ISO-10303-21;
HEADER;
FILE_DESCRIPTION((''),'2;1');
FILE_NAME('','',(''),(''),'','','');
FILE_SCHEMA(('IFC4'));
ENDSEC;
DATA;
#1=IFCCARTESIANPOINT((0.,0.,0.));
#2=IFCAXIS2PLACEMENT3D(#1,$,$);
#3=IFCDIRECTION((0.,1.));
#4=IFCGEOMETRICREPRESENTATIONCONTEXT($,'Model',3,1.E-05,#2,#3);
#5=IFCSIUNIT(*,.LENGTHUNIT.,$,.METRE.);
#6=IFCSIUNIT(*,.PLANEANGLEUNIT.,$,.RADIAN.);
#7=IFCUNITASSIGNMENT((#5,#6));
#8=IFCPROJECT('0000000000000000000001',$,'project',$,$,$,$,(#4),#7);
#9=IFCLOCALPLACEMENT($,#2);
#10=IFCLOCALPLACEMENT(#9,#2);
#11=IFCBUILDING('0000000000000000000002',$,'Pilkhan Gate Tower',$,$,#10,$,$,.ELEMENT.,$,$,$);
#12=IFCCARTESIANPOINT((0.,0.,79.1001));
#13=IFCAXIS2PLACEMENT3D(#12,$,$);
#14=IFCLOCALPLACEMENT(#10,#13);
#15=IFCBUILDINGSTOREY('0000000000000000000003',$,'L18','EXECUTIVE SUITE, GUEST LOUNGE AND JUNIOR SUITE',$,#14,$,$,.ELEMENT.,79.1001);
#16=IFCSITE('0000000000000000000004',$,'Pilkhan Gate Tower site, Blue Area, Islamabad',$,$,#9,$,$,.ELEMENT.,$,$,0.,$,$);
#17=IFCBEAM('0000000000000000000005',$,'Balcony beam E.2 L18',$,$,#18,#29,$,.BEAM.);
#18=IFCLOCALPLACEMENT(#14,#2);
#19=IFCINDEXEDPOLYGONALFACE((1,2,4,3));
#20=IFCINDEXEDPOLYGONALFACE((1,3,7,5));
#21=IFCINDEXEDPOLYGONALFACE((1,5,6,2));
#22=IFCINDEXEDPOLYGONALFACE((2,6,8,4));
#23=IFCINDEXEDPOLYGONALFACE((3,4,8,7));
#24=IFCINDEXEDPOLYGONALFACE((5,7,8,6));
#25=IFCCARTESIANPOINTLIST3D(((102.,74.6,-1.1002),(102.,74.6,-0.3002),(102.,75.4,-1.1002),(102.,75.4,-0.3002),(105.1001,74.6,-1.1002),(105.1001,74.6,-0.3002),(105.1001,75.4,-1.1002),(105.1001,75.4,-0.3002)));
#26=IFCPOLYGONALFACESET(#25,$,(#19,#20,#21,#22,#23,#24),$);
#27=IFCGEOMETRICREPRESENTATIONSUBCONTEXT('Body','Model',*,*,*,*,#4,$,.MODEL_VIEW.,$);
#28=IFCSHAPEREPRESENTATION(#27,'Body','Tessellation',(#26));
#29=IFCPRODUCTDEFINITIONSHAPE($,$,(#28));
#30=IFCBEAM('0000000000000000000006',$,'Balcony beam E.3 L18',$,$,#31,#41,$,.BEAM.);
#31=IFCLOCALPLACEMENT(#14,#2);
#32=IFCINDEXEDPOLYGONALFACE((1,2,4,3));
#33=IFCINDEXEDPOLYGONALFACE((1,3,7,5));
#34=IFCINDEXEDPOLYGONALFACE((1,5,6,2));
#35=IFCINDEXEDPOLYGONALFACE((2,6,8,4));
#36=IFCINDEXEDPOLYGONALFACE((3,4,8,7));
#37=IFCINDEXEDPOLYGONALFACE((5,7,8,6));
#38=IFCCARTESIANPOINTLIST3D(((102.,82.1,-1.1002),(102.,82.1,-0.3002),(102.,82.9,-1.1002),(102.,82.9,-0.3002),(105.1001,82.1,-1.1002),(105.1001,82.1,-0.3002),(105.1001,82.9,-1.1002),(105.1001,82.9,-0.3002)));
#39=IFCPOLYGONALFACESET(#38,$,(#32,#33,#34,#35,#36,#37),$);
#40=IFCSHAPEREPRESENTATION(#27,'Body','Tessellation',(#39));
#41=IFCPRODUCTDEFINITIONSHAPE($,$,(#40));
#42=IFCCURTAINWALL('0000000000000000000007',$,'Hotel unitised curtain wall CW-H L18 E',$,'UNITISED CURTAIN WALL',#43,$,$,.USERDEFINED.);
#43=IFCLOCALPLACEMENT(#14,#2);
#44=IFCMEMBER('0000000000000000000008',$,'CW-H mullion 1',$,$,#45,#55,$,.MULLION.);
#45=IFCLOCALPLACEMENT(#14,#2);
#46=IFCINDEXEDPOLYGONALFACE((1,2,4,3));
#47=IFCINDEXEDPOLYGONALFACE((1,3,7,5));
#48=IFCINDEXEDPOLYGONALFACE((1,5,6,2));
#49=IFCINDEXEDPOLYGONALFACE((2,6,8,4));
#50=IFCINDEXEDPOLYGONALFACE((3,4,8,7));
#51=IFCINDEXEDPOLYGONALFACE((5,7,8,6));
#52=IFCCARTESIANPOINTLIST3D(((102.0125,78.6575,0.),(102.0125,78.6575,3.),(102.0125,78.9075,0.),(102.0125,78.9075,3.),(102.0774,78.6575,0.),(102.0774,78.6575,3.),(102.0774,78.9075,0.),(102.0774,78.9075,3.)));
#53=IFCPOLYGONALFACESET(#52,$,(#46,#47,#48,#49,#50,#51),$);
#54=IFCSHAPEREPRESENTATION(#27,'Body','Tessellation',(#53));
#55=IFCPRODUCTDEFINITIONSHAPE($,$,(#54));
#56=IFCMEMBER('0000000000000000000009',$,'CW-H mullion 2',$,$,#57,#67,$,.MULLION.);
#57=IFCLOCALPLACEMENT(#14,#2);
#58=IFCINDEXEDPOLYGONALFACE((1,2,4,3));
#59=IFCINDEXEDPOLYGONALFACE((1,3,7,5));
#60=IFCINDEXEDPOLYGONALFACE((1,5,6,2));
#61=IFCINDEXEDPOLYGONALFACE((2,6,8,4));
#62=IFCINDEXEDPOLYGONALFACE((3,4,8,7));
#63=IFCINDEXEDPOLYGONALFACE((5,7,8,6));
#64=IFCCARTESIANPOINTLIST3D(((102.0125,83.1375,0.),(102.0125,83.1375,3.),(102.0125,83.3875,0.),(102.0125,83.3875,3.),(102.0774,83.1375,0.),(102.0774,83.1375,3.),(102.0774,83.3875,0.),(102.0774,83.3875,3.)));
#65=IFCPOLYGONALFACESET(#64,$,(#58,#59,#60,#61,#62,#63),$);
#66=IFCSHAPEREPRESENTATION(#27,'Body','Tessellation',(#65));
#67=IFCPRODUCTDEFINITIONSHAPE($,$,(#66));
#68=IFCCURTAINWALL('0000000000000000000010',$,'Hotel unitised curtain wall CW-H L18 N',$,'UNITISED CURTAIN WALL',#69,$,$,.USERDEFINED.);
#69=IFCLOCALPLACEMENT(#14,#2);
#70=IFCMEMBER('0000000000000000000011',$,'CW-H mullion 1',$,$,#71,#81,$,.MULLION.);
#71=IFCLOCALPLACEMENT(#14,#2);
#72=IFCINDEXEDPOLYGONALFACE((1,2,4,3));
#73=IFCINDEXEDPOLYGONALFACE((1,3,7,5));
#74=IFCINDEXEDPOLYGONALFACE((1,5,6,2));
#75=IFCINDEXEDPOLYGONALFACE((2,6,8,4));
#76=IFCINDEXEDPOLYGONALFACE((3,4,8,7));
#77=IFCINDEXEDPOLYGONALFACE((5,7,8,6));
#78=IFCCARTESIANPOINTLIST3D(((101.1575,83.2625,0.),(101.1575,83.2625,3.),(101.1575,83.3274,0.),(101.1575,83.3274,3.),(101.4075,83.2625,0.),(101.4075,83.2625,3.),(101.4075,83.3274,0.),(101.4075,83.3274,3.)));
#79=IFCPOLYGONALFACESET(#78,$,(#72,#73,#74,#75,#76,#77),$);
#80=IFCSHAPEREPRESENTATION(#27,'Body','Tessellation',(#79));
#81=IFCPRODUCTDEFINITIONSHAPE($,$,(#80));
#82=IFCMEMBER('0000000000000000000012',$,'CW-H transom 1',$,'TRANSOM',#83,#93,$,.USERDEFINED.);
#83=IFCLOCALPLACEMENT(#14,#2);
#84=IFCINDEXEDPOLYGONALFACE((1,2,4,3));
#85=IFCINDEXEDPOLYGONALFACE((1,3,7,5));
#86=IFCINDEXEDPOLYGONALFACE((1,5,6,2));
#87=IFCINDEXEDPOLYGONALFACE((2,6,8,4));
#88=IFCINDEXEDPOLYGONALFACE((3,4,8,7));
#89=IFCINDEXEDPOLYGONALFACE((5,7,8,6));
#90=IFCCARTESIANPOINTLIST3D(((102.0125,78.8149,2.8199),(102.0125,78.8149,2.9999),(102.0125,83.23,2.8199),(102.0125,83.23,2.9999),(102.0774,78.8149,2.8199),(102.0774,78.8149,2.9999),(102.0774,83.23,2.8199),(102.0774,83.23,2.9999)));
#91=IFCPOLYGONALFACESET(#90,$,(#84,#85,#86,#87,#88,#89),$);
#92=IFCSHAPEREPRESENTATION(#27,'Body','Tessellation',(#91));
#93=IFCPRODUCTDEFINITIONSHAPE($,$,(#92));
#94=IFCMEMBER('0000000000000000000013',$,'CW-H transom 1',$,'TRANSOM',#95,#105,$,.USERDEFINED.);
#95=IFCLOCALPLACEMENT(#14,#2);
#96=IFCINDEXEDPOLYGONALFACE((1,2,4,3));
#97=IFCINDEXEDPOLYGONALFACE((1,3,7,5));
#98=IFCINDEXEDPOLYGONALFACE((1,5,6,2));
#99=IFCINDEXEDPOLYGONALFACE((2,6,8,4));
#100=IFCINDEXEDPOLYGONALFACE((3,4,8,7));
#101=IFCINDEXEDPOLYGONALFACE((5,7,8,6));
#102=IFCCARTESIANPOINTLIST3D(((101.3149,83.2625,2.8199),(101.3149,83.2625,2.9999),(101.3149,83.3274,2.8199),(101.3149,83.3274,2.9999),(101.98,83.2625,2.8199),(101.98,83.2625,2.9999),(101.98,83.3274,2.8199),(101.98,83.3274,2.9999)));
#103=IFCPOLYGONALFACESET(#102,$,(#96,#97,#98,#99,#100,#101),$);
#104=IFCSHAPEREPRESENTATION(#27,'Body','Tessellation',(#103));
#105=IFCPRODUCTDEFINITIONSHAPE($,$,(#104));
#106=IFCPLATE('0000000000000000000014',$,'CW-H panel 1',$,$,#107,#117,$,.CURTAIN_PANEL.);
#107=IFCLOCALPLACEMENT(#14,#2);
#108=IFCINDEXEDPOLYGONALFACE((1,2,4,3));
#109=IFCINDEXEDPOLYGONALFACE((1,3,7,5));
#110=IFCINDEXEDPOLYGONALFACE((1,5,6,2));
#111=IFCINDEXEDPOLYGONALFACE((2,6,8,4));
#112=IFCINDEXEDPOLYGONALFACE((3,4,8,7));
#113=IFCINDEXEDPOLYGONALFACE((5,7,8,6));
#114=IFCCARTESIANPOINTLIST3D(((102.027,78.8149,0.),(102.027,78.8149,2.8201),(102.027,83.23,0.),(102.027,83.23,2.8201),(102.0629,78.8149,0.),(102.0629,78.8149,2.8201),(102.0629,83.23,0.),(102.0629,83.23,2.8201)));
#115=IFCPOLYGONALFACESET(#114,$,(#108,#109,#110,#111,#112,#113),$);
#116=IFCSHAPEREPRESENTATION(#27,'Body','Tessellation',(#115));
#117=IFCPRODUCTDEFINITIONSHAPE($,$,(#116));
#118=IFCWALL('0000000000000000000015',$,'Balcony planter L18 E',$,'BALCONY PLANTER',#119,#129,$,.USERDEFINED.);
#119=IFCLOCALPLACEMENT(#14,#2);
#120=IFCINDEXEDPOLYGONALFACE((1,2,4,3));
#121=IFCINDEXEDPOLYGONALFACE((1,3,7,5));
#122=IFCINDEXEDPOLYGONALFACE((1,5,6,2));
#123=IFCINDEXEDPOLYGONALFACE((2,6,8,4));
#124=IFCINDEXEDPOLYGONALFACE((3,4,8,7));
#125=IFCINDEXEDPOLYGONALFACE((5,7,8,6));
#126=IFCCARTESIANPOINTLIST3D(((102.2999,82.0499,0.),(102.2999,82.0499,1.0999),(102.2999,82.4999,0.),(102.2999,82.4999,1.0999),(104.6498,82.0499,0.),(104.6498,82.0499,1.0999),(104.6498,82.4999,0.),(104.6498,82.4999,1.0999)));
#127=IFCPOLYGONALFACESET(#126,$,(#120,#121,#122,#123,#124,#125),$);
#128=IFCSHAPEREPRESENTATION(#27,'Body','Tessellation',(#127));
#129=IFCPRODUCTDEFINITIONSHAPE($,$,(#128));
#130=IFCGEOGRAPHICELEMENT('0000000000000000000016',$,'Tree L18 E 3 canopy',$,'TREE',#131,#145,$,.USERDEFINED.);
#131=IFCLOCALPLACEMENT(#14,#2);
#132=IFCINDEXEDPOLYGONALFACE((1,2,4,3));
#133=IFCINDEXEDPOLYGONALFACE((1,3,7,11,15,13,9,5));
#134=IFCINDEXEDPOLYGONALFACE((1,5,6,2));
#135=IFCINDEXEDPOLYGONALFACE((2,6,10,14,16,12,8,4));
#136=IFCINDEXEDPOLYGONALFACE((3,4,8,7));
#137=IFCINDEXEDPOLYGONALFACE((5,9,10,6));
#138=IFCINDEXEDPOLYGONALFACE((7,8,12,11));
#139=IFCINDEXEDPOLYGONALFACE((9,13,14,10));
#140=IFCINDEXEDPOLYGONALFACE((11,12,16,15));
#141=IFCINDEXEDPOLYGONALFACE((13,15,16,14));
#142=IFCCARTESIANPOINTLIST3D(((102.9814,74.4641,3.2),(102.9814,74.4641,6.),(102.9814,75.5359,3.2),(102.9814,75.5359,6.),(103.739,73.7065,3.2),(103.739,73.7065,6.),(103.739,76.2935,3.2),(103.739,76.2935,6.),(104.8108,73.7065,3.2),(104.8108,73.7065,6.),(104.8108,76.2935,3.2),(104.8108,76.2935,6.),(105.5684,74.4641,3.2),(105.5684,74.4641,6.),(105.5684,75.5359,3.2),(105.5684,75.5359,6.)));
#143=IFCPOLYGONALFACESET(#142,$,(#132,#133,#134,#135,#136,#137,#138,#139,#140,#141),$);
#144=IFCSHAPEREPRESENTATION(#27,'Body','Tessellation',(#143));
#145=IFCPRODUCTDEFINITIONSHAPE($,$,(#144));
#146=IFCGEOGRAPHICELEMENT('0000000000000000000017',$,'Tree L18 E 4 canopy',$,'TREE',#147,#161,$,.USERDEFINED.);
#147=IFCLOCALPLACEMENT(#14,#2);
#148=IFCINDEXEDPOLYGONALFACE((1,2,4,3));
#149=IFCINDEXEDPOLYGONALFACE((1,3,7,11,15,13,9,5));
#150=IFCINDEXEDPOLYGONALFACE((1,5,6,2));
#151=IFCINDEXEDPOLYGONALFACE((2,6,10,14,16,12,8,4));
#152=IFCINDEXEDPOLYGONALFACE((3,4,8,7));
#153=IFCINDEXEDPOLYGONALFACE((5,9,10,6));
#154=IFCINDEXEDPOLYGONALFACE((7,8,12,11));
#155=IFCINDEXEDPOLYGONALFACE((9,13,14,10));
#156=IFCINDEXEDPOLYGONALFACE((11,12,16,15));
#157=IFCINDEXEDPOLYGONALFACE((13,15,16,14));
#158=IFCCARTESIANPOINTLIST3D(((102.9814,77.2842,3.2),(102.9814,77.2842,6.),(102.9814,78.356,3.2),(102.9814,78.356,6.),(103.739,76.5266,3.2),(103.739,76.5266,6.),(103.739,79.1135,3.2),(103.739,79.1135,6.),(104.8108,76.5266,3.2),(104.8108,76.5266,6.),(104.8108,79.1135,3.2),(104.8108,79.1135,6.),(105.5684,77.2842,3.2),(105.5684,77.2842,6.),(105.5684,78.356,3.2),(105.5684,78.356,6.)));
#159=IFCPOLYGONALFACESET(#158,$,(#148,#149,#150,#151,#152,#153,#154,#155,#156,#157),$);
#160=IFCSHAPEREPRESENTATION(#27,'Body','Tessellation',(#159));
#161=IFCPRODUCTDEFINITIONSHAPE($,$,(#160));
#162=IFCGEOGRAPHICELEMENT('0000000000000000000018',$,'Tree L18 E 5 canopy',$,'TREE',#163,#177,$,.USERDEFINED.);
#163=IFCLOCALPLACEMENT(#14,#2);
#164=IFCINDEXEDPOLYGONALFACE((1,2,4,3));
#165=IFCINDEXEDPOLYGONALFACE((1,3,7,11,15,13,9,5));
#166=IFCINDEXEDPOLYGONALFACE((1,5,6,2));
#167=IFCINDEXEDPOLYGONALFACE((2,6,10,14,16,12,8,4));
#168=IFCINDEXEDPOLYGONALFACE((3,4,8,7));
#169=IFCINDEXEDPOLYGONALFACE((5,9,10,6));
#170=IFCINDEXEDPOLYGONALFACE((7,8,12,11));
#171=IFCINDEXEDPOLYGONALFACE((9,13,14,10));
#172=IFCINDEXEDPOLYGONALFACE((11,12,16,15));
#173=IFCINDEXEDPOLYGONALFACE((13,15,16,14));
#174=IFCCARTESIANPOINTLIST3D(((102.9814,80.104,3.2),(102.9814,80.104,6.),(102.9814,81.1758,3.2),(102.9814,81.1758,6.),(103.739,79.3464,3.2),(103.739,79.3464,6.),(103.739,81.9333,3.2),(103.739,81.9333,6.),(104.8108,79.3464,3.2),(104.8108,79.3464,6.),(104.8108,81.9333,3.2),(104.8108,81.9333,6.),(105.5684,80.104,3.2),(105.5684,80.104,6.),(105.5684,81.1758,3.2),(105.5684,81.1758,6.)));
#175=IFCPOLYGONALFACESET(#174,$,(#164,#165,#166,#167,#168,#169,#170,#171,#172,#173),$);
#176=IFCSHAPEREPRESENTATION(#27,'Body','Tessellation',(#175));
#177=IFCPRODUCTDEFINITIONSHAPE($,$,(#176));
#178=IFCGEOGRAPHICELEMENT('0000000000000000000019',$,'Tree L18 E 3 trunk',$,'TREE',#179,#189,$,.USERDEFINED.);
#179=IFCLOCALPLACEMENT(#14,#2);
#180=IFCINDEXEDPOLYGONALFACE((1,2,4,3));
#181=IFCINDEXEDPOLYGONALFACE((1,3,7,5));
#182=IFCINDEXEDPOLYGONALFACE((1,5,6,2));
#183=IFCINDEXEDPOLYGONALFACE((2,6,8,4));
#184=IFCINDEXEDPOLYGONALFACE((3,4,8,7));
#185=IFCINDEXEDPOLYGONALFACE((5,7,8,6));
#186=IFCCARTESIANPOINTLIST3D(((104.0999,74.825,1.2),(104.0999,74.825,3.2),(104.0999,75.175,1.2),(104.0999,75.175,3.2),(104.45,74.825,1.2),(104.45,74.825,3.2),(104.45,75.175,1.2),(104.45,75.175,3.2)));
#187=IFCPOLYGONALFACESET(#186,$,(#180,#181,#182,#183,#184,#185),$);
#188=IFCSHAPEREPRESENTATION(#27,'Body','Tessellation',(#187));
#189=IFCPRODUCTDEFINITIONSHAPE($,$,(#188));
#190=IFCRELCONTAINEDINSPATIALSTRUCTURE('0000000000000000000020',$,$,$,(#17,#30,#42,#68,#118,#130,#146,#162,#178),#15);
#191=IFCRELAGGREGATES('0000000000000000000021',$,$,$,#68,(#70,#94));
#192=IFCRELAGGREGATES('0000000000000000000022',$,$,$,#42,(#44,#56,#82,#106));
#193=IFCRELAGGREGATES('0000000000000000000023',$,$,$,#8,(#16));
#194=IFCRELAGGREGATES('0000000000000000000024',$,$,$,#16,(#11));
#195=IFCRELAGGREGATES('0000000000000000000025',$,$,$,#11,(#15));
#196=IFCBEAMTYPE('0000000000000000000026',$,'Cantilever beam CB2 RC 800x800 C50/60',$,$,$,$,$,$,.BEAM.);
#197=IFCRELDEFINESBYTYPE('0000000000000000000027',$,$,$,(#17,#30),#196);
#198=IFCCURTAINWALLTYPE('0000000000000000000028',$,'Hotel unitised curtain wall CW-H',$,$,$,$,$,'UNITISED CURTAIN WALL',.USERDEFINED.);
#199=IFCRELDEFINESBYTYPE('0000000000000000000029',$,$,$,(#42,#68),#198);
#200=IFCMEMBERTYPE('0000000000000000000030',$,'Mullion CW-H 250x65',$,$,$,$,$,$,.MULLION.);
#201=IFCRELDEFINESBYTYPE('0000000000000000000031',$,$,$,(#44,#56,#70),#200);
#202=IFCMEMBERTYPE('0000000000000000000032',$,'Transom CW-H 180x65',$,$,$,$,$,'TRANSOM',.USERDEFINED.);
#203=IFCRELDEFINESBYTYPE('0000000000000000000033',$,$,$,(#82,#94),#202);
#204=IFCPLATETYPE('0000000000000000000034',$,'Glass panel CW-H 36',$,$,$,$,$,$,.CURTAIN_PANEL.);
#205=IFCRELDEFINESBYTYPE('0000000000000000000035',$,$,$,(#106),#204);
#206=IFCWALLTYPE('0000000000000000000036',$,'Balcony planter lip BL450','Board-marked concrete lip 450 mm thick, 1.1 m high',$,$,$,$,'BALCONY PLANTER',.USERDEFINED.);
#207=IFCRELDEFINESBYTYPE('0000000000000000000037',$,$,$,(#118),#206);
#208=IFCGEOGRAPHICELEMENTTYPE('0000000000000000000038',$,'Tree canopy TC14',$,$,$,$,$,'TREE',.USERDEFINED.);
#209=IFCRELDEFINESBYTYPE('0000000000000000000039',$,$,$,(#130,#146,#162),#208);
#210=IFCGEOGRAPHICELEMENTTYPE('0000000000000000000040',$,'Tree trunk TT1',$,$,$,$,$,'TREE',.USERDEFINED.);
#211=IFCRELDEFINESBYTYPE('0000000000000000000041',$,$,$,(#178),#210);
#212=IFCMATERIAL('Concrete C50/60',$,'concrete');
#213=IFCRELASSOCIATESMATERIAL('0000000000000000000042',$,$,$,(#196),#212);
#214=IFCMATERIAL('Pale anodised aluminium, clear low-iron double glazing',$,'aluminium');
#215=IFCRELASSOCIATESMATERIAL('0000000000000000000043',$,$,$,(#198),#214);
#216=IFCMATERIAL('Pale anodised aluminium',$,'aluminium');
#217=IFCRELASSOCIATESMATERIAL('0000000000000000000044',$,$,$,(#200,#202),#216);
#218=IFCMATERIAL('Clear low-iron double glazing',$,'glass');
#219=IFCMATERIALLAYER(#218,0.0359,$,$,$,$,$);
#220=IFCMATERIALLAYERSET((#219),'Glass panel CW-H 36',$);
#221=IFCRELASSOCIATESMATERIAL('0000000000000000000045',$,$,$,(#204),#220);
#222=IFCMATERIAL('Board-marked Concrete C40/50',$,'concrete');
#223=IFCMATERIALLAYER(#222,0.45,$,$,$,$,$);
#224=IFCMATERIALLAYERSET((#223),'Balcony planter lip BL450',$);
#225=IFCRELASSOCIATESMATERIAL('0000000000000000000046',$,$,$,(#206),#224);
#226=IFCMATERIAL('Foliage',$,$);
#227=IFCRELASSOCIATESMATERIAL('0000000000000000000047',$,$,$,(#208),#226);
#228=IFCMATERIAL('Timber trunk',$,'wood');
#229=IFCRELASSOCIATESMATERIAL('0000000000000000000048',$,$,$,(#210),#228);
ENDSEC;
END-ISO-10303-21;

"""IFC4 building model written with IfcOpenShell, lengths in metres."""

from ifc_helpers import new_model, si_unit, direction, frame, frame_2d, origin, origin_2d, place, context, subcontext, project, spatial, polyline, rectangle, outline, extrude, material, layer, layer_set, material_profile, profile_set, type_object, element, aggregate, save


model = new_model("IFC4")

# Units and contexts
model_context = context("Model", 3, precision=1e-05, world=origin(), true_north=direction((0.0, 1.0)))
body_context = subcontext(model_context, "Body", "Model", "MODEL_VIEW")
ifc_project = project(units=[si_unit("LENGTHUNIT", "METRE"), si_unit("PLANEANGLEUNIT", "RADIAN")], contexts=[model_context])

# Site, building, storey
site_placement = place(None, origin())
site = spatial("IfcSite", under=ifc_project, at=site_placement, Name="Pilkhan Gate Tower site, Blue Area, Islamabad", CompositionType="ELEMENT", RefElevation=0.0)
building_placement = place(site_placement, origin())
building = spatial("IfcBuilding", under=site, at=building_placement, Name="Pilkhan Gate Tower", CompositionType="ELEMENT")
storey_placement = place(building_placement, frame((0.0, 0.0, 79.1001)))
storey = spatial("IfcBuildingStorey", under=building, at=storey_placement, Name="L18", Description="EXECUTIVE SUITE, GUEST LOUNGE AND JUNIOR SUITE", CompositionType="ELEMENT", Elevation=79.1001)

# Beams
ifc_material_1 = material(Name="Concrete C50/60", Category="concrete")
ifc_material_profile_1 = material_profile(ifc_material_1, rectangle(XDim=0.8, YDim=0.8, at=origin_2d()), Name="RC 800x800")
ifc_profile_set_1 = profile_set([ifc_material_profile_1], Name="Concrete C50/60")
beam_type = type_object("IfcBeamType", Name="Cantilever beam CB2 RC 800x800 C50/60", PredefinedType="BEAM", material=ifc_profile_set_1)
for number, where, z_axis, x_axis, name in (
    (1, (102.0, 75.0, -0.7002), (1.0, 0.0, 0.0), (0.0, 1.0, 0.0), "Balcony beam E.2 L18"),
    (2, (102.0, 82.5, -0.7002), (1.0, 0.0, 0.0), (0.0, 1.0, 0.0), "Balcony beam E.3 L18"),
):
    element("IfcBeam", number, at=place(storey_placement, frame(where, z_axis=z_axis, x_axis=x_axis)), inside=storey, type_object=beam_type, Name=name, PredefinedType="BEAM", context=body_context, shape_type="SweptSolid", body=[
        extrude(rectangle(XDim=0.8, YDim=0.8, at=origin_2d()), origin(), (0.0, 0.0, 1.0), 3.1001),
    ])

# Curtain wall, members
ifc_material_2 = material(Name="Pale anodised aluminium, clear low-iron double glazing", Category="aluminium")
curtain_wall_type = type_object("IfcCurtainWallType", Name="Hotel unitised curtain wall CW-H", ElementType="UNITISED CURTAIN WALL", PredefinedType="USERDEFINED", material=ifc_material_2)
curtain_wall_1_placement = place(storey_placement, origin())
curtain_wall_1 = element("IfcCurtainWall", 3, at=curtain_wall_1_placement, inside=storey, type_object=curtain_wall_type, Name="Hotel unitised curtain wall CW-H L18 E", ObjectType="UNITISED CURTAIN WALL", PredefinedType="USERDEFINED")
ifc_material_3 = material(Name="Pale anodised aluminium", Category="aluminium")
ifc_material_profile_2 = material_profile(ifc_material_3, rectangle(XDim=0.0649, YDim=0.25, at=origin_2d()), Name="Mullion 250x65")
ifc_profile_set_2 = profile_set([ifc_material_profile_2], Name="Pale anodised aluminium")
member_type_1 = type_object("IfcMemberType", Name="Mullion CW-H 250x65", PredefinedType="MULLION", material=ifc_profile_set_2)
member_1_placement = place(storey_placement, frame((102.0449, 78.7825, 0.0), z_axis=(0.0, 0.0, 1.0), x_axis=(-1.0, 0.0, 0.0)))
member_1 = element("IfcMember", 4, at=member_1_placement, type_object=member_type_1, Name="CW-H mullion 1", PredefinedType="MULLION", context=body_context, shape_type="SweptSolid", body=[
    extrude(rectangle(XDim=0.0649, YDim=0.25, at=origin_2d()), origin(), (0.0, 0.0, 1.0), 3.0),
])
member_2_placement = place(storey_placement, frame((102.0449, 83.2625, 0.0), z_axis=(0.0, 0.0, 1.0), x_axis=(-1.0, 0.0, 0.0)))
member_2 = element("IfcMember", 5, at=member_2_placement, type_object=member_type_1, Name="CW-H mullion 2", PredefinedType="MULLION", context=body_context, shape_type="SweptSolid", body=[
    extrude(rectangle(XDim=0.0649, YDim=0.25, at=origin_2d()), origin(), (0.0, 0.0, 1.0), 3.0),
])

# Curtain wall, member
curtain_wall_2_placement = place(storey_placement, origin())
curtain_wall_2 = element("IfcCurtainWall", 6, at=curtain_wall_2_placement, inside=storey, type_object=curtain_wall_type, Name="Hotel unitised curtain wall CW-H L18 N", ObjectType="UNITISED CURTAIN WALL", PredefinedType="USERDEFINED")
member_3_placement = place(storey_placement, frame((101.2825, 83.2949, 0.0), z_axis=(0.0, 0.0, 1.0), x_axis=(0.0, 1.0, 0.0)))
member_3 = element("IfcMember", 7, at=member_3_placement, type_object=member_type_1, Name="CW-H mullion 1", PredefinedType="MULLION", context=body_context, shape_type="SweptSolid", body=[
    extrude(rectangle(XDim=0.0649, YDim=0.25, at=origin_2d()), origin(), (0.0, 0.0, 1.0), 3.0),
])

# Members
ifc_material_profile_3 = material_profile(ifc_material_3, rectangle(XDim=0.0649, YDim=0.1799, at=origin_2d()), Name="Transom 180x65")
ifc_profile_set_3 = profile_set([ifc_material_profile_3], Name="Pale anodised aluminium")
member_type_2 = type_object("IfcMemberType", Name="Transom CW-H 180x65", ElementType="TRANSOM", PredefinedType="USERDEFINED", material=ifc_profile_set_3)
member_4_placement = place(storey_placement, frame((102.0449, 78.8149, 2.9099), z_axis=(0.0, 1.0, 0.0), x_axis=(-1.0, 0.0, 0.0)))
member_4 = element("IfcMember", 8, at=member_4_placement, type_object=member_type_2, Name="CW-H transom 1", ObjectType="TRANSOM", PredefinedType="USERDEFINED", context=body_context, shape_type="SweptSolid", body=[
    extrude(rectangle(XDim=0.0649, YDim=0.1799, at=origin_2d()), origin(), (0.0, 0.0, 1.0), 4.415),
])
member_5_placement = place(storey_placement, frame((101.3149, 83.2949, 2.9099), z_axis=(1.0, 0.0, 0.0), x_axis=(0.0, 1.0, 0.0)))
member_5 = element("IfcMember", 9, at=member_5_placement, type_object=member_type_2, Name="CW-H transom 1", ObjectType="TRANSOM", PredefinedType="USERDEFINED", context=body_context, shape_type="SweptSolid", body=[
    extrude(rectangle(XDim=0.0649, YDim=0.1799, at=origin_2d()), origin(), (0.0, 0.0, 1.0), 0.665),
])
aggregate(curtain_wall_2, [member_3, member_5])

# Plate
ifc_material_4 = material(Name="Clear low-iron double glazing", Category="glass")
ifc_layer_1 = layer(ifc_material_4, 0.0359)
ifc_layer_set_1 = layer_set([ifc_layer_1], Name="Glass panel CW-H 36")
plate_type = type_object("IfcPlateType", Name="Glass panel CW-H 36", PredefinedType="CURTAIN_PANEL", material=ifc_layer_set_1)
plate_placement = place(storey_placement, frame((102.0449, 81.0225, 0.0), z_axis=(0.0, 0.0, 1.0), x_axis=(0.0, 1.0, 0.0)))
plate = element("IfcPlate", 10, at=plate_placement, type_object=plate_type, Name="CW-H panel 1", PredefinedType="CURTAIN_PANEL", context=body_context, shape_type="SweptSolid", body=[
    extrude(rectangle(XDim=4.415, YDim=0.0359, at=origin_2d()), origin(), (0.0, 0.0, 1.0), 2.8201),
])
aggregate(curtain_wall_1, [member_1, member_2, member_4, plate])

# Wall
ifc_material_5 = material(Name="Board-marked Concrete C40/50", Category="concrete")
ifc_layer_2 = layer(ifc_material_5, 0.45)
ifc_layer_set_2 = layer_set([ifc_layer_2], Name="Balcony planter lip BL450")
wall_type_1 = type_object("IfcWallType", Name="Balcony planter lip BL450", Description="Board-marked concrete lip 450 mm thick, 1.1 m high", ElementType="BALCONY PLANTER", PredefinedType="USERDEFINED", material=ifc_layer_set_2)
wall_1_placement = place(storey_placement, frame((102.3, 82.2749, 0.0), z_axis=(0.0, 0.0, 1.0), x_axis=(1.0, 0.0, 0.0)))
element("IfcWall", 11, at=wall_1_placement, inside=storey, type_object=wall_type_1, Name="Balcony planter L18 E", ObjectType="BALCONY PLANTER", PredefinedType="USERDEFINED", context=body_context, shape_type="SweptSolid", body=[
    extrude(rectangle(XDim=2.3499, YDim=0.45, at=frame_2d((1.1748, 0.0))), origin(), (0.0, 0.0, 1.0), 1.0999),
])

# Geographic elements
ifc_material_6 = material(Name="Foliage")
ifc_material_profile_4 = material_profile(ifc_material_6, outline(polyline([(1.2935, 0.5359), (0.5359, 1.2935), (-0.5359, 1.2935), (-1.2935, 0.5359), (-1.2935, -0.5359), (-0.5359, -1.2935), (0.5359, -1.2935), (1.2935, -0.5359), (1.2935, 0.5359)])), Name="Canopy D2.8")
ifc_profile_set_4 = profile_set([ifc_material_profile_4], Name="Foliage")
geographic_element_type_1 = type_object("IfcGeographicElementType", Name="Tree canopy TC14", ElementType="TREE", PredefinedType="USERDEFINED", material=ifc_profile_set_4)
for number, where, z_axis, x_axis, name in (
    (12, (104.2749, 75.0, 3.2), (0.0, 0.0, 1.0), (1.0, 0.0, 0.0), "Tree L18 E 3 canopy"),
    (13, (104.2749, 77.8201, 3.2), (0.0, 0.0, 1.0), (1.0, 0.0, 0.0), "Tree L18 E 4 canopy"),
    (14, (104.2749, 80.6399, 3.2), (0.0, 0.0, 1.0), (1.0, 0.0, 0.0), "Tree L18 E 5 canopy"),
):
    element("IfcGeographicElement", number, at=place(storey_placement, frame(where, z_axis=z_axis, x_axis=x_axis)), inside=storey, type_object=geographic_element_type_1, Name=name, ObjectType="TREE", PredefinedType="USERDEFINED", context=body_context, shape_type="SweptSolid", body=[
        extrude(outline(polyline([(1.2935, 0.5359), (0.5359, 1.2935), (-0.5359, 1.2935), (-1.2935, 0.5359), (-1.2935, -0.5359), (-0.5359, -1.2935), (0.5359, -1.2935), (1.2935, -0.5359), (1.2935, 0.5359)])), origin(), (0.0, 0.0, 1.0), 2.8),
    ])
ifc_material_7 = material(Name="Timber trunk", Category="wood")
geographic_element_type_2 = type_object("IfcGeographicElementType", Name="Tree trunk TT1", ElementType="TREE", PredefinedType="USERDEFINED", material=ifc_material_7)
for number, where, z_axis, x_axis, name in (
    (15, (104.2749, 75.0, 1.2), (0.0, 0.0, 1.0), (1.0, 0.0, 0.0), "Tree L18 E 3 trunk"),
):
    element("IfcGeographicElement", number, at=place(storey_placement, frame(where, z_axis=z_axis, x_axis=x_axis)), inside=storey, type_object=geographic_element_type_2, Name=name, ObjectType="TREE", PredefinedType="USERDEFINED", context=body_context, shape_type="SweptSolid", body=[
        extrude(rectangle(XDim=0.3501, YDim=0.3501, at=origin_2d()), origin(), (0.0, 0.0, 1.0), 2.0),
    ])

save(model, "model.ifc")
